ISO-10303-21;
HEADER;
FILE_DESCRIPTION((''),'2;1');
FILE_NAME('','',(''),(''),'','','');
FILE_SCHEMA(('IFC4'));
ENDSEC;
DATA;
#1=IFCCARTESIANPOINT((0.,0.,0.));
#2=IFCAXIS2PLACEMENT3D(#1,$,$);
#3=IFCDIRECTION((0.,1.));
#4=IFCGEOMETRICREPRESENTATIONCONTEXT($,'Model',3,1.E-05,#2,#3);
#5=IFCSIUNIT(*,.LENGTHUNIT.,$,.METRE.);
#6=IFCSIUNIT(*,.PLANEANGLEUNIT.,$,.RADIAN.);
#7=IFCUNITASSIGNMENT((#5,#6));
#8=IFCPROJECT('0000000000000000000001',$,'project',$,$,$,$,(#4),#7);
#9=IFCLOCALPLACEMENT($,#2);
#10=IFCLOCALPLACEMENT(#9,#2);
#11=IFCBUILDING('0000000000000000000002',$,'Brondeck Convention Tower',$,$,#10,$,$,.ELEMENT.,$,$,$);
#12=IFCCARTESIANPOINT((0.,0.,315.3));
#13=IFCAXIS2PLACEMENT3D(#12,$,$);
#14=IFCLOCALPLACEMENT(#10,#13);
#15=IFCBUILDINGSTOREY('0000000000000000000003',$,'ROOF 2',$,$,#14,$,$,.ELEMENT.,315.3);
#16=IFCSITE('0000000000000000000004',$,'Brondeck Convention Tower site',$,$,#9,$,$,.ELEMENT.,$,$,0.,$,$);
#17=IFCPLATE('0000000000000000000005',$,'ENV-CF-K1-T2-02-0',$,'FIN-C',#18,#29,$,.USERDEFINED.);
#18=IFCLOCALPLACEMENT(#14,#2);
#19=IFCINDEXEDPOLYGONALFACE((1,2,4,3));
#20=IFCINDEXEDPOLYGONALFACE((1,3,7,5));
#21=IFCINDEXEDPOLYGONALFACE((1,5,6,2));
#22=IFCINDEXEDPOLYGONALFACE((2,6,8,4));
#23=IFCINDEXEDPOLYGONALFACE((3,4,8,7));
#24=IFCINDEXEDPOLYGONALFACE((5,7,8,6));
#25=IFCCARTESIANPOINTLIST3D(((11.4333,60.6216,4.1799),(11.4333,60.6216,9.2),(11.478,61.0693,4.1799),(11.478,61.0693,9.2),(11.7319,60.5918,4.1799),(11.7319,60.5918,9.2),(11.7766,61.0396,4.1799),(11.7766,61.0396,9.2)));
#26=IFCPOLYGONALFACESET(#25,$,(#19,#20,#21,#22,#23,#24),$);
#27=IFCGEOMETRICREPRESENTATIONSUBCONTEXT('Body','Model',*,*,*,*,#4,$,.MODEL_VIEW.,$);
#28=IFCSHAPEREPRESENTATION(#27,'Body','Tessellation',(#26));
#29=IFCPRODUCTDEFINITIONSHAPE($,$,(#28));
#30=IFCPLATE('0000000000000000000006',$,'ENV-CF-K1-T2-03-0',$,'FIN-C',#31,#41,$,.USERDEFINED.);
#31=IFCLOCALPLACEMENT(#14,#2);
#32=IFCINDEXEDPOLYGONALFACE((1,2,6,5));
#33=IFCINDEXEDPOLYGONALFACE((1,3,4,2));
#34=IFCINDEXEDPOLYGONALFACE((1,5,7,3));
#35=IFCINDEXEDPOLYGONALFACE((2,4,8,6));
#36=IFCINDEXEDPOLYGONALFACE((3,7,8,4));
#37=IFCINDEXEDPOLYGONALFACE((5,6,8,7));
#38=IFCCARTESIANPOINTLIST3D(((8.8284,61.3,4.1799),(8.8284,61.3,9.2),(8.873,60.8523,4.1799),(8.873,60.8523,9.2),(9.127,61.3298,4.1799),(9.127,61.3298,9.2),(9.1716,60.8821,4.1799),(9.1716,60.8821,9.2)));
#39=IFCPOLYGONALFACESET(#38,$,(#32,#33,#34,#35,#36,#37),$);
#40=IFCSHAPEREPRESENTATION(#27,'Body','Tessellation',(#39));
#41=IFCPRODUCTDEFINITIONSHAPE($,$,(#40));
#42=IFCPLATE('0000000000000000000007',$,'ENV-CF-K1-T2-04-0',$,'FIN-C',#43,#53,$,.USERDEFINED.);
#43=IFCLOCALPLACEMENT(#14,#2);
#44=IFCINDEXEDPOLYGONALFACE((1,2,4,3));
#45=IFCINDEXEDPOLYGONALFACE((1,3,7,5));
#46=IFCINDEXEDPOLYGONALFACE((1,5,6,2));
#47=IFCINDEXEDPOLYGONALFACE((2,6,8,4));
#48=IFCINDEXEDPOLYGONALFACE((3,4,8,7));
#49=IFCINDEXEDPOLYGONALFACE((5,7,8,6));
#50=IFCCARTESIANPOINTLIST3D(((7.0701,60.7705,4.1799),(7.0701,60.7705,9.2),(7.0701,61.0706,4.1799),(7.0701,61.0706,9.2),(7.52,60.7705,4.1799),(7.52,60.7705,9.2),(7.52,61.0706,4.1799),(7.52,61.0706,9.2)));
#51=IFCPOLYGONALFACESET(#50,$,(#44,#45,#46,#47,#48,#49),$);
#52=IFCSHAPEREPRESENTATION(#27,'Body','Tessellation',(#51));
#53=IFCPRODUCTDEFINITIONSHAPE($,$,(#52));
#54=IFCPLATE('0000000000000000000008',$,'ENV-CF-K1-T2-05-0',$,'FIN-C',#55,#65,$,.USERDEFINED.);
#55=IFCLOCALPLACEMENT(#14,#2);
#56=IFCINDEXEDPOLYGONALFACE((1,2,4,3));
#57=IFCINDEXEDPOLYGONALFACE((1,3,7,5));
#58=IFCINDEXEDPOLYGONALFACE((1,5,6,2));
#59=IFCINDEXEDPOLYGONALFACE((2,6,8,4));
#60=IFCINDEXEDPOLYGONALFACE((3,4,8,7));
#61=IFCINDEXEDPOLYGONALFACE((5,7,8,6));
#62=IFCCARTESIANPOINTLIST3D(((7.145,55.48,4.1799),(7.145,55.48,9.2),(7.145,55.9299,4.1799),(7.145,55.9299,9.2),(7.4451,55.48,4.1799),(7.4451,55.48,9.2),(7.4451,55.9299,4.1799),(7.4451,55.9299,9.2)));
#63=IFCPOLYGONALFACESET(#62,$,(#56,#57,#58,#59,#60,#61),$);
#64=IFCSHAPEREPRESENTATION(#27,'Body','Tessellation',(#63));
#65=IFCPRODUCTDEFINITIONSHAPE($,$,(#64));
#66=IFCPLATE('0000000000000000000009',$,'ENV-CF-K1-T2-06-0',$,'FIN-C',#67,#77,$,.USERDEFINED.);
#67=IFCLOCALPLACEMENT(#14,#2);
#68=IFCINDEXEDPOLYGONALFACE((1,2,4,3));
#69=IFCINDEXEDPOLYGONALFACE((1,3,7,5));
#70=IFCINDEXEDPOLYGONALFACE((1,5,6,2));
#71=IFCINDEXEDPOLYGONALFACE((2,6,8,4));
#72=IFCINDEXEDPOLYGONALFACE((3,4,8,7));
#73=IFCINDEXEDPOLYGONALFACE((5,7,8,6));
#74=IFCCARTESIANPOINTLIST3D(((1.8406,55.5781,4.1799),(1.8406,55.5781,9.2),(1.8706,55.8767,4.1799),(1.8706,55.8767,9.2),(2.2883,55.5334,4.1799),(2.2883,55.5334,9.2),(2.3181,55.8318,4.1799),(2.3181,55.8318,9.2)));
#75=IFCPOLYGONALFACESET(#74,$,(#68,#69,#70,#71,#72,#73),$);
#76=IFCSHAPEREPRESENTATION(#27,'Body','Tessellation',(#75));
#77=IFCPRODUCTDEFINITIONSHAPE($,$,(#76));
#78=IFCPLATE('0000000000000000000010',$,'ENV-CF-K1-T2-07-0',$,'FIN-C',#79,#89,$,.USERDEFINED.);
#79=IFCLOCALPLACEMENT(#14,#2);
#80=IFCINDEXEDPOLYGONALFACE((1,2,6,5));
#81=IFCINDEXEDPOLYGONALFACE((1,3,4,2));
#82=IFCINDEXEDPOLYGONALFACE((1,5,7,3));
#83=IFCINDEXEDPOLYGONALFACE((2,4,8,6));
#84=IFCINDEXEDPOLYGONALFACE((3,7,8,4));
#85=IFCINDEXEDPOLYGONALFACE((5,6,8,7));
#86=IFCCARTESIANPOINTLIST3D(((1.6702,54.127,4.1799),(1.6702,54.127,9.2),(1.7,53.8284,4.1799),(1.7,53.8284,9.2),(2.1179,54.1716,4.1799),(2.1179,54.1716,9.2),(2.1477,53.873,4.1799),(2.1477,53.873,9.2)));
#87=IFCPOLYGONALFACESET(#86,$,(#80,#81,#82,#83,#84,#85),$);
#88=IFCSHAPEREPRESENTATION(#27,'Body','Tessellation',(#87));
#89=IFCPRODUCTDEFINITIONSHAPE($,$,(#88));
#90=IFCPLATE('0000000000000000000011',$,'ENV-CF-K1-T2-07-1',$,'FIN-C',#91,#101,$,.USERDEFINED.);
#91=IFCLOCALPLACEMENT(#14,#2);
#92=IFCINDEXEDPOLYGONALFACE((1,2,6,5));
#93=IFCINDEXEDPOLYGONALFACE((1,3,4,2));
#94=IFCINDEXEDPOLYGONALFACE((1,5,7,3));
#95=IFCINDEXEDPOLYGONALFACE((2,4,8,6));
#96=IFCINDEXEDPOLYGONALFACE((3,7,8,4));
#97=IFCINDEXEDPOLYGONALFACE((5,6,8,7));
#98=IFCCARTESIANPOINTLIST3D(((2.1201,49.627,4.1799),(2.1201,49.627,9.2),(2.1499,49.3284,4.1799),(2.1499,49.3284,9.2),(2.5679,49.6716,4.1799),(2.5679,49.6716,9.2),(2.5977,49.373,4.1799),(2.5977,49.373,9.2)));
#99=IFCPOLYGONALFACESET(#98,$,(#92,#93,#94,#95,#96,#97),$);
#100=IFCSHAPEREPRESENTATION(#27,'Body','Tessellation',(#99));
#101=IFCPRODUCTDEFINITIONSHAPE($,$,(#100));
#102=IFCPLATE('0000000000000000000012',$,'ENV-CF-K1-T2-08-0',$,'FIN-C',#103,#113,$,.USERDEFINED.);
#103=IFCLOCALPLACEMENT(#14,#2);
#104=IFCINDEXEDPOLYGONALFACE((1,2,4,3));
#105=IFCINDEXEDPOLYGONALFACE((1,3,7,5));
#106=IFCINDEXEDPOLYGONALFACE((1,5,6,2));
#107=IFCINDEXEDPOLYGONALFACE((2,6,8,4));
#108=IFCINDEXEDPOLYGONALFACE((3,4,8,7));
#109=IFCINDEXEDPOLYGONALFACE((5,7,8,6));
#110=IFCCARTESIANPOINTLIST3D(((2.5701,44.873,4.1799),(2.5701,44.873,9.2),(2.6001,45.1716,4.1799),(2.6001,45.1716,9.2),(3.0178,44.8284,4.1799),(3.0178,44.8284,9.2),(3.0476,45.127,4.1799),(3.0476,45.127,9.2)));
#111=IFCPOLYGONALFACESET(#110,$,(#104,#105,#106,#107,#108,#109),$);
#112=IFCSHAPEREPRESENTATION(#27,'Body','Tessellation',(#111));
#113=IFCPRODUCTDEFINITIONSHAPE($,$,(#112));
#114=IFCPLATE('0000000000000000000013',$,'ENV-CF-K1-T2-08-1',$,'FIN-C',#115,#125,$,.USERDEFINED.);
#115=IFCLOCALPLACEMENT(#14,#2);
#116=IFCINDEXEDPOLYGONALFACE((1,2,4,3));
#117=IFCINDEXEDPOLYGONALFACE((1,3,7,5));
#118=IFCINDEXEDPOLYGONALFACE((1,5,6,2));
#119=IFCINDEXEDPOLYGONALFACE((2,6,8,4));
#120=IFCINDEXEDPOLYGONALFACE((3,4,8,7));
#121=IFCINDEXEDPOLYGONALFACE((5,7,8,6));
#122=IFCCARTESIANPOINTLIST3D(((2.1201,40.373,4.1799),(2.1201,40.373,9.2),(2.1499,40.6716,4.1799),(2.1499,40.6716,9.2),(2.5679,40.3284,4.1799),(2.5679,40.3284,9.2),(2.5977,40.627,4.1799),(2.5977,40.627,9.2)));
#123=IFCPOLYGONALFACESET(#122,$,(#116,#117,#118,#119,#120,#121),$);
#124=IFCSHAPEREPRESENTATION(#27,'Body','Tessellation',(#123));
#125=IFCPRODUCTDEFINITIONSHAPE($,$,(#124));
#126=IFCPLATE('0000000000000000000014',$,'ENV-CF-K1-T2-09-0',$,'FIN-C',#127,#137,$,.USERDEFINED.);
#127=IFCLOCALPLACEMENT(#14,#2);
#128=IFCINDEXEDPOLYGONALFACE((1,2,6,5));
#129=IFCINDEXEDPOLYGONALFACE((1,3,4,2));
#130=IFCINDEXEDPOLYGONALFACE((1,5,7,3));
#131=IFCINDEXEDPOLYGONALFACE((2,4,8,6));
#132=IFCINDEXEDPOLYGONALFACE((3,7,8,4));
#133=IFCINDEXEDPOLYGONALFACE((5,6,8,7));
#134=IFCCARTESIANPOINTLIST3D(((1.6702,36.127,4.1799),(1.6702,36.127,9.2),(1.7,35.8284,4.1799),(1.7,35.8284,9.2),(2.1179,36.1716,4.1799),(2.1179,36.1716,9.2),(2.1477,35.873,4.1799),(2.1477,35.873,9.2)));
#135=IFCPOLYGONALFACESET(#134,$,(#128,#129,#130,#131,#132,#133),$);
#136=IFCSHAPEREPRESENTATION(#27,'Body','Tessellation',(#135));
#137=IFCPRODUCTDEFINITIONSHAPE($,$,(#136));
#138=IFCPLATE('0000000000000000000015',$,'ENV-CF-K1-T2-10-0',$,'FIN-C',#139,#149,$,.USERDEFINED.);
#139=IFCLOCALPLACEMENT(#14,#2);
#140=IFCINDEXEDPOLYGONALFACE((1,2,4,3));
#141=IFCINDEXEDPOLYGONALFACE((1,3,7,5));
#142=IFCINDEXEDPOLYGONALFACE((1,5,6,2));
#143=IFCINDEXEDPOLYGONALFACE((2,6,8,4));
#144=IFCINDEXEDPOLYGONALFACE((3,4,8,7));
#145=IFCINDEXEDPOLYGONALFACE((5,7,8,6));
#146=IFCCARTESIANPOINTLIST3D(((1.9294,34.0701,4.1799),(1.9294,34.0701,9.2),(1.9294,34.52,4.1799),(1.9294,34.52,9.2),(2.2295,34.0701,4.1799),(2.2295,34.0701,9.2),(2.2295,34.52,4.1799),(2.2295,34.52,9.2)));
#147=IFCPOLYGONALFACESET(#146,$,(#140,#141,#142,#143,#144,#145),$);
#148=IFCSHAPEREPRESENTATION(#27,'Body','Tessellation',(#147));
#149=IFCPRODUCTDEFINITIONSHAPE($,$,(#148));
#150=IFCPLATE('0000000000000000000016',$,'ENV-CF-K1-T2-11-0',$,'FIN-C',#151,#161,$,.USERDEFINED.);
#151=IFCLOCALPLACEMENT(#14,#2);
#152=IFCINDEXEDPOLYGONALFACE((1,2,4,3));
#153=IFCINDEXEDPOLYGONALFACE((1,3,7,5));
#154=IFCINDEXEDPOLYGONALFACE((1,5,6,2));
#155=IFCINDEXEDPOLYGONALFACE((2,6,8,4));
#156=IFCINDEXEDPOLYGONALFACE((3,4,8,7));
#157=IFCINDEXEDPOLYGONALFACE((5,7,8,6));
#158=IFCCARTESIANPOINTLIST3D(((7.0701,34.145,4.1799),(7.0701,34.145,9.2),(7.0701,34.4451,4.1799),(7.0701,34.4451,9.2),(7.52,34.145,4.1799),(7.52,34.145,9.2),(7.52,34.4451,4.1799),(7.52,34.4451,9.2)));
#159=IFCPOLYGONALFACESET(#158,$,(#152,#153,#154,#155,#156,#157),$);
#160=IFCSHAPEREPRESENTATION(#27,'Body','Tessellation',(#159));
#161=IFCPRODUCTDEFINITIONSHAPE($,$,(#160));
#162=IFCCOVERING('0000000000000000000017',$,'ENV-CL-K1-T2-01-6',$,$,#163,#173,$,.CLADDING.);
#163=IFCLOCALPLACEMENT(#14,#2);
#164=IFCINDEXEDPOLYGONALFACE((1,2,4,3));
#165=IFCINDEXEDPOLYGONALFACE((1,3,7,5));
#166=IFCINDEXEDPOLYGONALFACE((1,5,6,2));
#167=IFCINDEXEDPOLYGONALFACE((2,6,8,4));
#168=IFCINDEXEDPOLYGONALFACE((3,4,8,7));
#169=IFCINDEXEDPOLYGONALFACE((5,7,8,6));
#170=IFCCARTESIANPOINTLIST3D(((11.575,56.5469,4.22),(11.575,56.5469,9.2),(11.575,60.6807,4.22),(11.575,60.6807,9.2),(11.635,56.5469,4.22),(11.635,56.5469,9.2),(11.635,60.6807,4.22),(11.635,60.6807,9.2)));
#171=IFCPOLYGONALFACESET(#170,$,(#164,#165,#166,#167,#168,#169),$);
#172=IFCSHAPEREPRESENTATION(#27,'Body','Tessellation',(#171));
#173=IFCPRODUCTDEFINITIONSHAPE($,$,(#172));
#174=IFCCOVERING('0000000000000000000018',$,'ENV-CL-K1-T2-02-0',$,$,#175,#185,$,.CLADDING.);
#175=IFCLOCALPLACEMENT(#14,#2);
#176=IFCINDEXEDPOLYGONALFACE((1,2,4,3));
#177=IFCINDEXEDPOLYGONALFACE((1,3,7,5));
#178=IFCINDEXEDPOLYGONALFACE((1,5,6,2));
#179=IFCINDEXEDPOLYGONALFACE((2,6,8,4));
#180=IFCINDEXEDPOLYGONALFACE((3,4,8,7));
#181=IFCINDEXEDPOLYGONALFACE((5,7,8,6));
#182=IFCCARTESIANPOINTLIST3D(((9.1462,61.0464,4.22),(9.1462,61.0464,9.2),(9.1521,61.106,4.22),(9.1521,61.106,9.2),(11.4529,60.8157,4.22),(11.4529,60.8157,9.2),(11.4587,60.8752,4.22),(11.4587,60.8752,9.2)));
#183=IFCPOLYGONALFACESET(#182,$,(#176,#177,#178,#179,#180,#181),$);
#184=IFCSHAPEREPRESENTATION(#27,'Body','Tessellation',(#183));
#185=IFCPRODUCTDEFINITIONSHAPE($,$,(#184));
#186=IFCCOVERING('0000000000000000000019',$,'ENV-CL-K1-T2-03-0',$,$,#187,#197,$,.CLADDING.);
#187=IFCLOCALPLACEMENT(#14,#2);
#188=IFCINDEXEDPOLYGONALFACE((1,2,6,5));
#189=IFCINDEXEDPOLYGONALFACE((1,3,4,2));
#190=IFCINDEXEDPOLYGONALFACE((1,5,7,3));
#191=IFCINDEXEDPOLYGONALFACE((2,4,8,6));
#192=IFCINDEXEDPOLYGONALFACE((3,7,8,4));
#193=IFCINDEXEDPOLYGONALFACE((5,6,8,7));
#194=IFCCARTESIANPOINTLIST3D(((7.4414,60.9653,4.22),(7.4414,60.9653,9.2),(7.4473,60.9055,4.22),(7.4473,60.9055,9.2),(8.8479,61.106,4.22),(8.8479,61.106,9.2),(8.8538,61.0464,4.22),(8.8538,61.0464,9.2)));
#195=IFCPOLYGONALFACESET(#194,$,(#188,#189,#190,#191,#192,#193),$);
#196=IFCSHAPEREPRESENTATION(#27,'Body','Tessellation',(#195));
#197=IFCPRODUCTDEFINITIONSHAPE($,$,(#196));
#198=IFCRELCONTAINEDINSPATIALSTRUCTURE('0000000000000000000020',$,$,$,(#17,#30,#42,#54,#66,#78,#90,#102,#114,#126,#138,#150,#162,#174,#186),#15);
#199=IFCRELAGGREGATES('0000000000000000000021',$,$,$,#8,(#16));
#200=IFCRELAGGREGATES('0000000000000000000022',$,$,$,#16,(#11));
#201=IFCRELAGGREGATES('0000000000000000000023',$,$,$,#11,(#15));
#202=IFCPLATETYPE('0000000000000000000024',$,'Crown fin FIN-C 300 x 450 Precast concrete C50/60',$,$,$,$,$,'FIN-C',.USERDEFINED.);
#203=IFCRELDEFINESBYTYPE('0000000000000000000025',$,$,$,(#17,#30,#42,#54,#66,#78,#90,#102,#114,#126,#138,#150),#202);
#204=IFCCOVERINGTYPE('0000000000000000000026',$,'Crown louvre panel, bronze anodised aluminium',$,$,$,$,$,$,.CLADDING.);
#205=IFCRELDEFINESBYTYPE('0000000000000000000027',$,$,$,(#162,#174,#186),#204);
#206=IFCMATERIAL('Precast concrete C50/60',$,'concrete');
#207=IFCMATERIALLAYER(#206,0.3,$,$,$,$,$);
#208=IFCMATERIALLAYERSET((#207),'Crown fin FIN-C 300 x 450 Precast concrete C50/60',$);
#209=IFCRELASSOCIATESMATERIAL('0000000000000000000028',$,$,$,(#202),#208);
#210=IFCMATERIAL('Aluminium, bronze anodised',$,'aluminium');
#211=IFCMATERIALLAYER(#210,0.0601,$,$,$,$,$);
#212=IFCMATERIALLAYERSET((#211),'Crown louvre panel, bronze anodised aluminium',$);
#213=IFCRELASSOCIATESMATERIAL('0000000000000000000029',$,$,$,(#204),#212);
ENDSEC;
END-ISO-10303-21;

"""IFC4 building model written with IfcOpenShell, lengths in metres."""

from ifc_helpers import new_model, si_unit, direction, frame, origin, place, context, subcontext, project, spatial, polyline, outline, extrude, material, layer, layer_set, type_object, element, save


model = new_model("IFC4")

# Units and contexts
model_context = context("Model", 3, precision=1e-05, world=origin(), true_north=direction((0.0, 1.0)))
body_context = subcontext(model_context, "Body", "Model", "MODEL_VIEW")
ifc_project = project(units=[si_unit("LENGTHUNIT", "METRE"), si_unit("PLANEANGLEUNIT", "RADIAN")], contexts=[model_context])

# Site, building, storey
site_placement = place(None, origin())
site = spatial("IfcSite", under=ifc_project, at=site_placement, Name="Brondeck Convention Tower site", CompositionType="ELEMENT", RefElevation=0.0)
building_placement = place(site_placement, origin())
building = spatial("IfcBuilding", under=site, at=building_placement, Name="Brondeck Convention Tower", CompositionType="ELEMENT")
storey_placement = place(building_placement, frame((0.0, 0.0, 315.3)))
storey = spatial("IfcBuildingStorey", under=building, at=storey_placement, Name="ROOF 2", CompositionType="ELEMENT", Elevation=315.3)

# Plates
ifc_material_1 = material(Name="Precast concrete C50/60", Category="concrete")
ifc_layer_1 = layer(ifc_material_1, 0.3)
ifc_layer_set_1 = layer_set([ifc_layer_1], Name="Crown fin FIN-C 300 x 450 Precast concrete C50/60")
plate_type = type_object("IfcPlateType", Name="Crown fin FIN-C 300 x 450 Precast concrete C50/60", ElementType="FIN-C", PredefinedType="USERDEFINED", material=ifc_layer_set_1)
plate_1_placement = place(storey_placement, frame((0.0, 0.0, 4.1799)))
element("IfcPlate", 1, at=plate_1_placement, inside=storey, type_object=plate_type, Name="ENV-CF-K1-T2-02-0", ObjectType="FIN-C", PredefinedType="USERDEFINED", context=body_context, shape_type="SweptSolid", body=[
    extrude(outline(polyline([(11.4333, 60.6216), (11.7319, 60.5918), (11.7766, 61.0396), (11.478, 61.0693), (11.4333, 60.6216)])), origin(), (0.0, 0.0, 1.0), 5.02),
])
plate_2_placement = place(storey_placement, frame((0.0, 0.0, 4.1799)))
element("IfcPlate", 2, at=plate_2_placement, inside=storey, type_object=plate_type, Name="ENV-CF-K1-T2-03-0", ObjectType="FIN-C", PredefinedType="USERDEFINED", context=body_context, shape_type="SweptSolid", body=[
    extrude(outline(polyline([(8.873, 60.8523), (9.1716, 60.8821), (9.127, 61.3298), (8.8284, 61.3), (8.873, 60.8523)])), origin(), (0.0, 0.0, 1.0), 5.02),
])
plate_3_placement = place(storey_placement, frame((0.0, 0.0, 4.1799)))
element("IfcPlate", 3, at=plate_3_placement, inside=storey, type_object=plate_type, Name="ENV-CF-K1-T2-04-0", ObjectType="FIN-C", PredefinedType="USERDEFINED", context=body_context, shape_type="SweptSolid", body=[
    extrude(outline(polyline([(7.52, 60.7705), (7.52, 61.0706), (7.0701, 61.0706), (7.0701, 60.7705), (7.52, 60.7705)])), origin(), (0.0, 0.0, 1.0), 5.02),
])
plate_4_placement = place(storey_placement, frame((0.0, 0.0, 4.1799)))
element("IfcPlate", 4, at=plate_4_placement, inside=storey, type_object=plate_type, Name="ENV-CF-K1-T2-05-0", ObjectType="FIN-C", PredefinedType="USERDEFINED", context=body_context, shape_type="SweptSolid", body=[
    extrude(outline(polyline([(7.145, 55.48), (7.4451, 55.48), (7.4451, 55.9299), (7.145, 55.9299), (7.145, 55.48)])), origin(), (0.0, 0.0, 1.0), 5.02),
])
plate_5_placement = place(storey_placement, frame((0.0, 0.0, 4.1799)))
element("IfcPlate", 5, at=plate_5_placement, inside=storey, type_object=plate_type, Name="ENV-CF-K1-T2-06-0", ObjectType="FIN-C", PredefinedType="USERDEFINED", context=body_context, shape_type="SweptSolid", body=[
    extrude(outline(polyline([(2.2883, 55.5334), (2.3181, 55.8318), (1.8706, 55.8767), (1.8406, 55.5781), (2.2883, 55.5334)])), origin(), (0.0, 0.0, 1.0), 5.02),
])
plate_6_placement = place(storey_placement, frame((0.0, 0.0, 4.1799)))
element("IfcPlate", 6, at=plate_6_placement, inside=storey, type_object=plate_type, Name="ENV-CF-K1-T2-07-0", ObjectType="FIN-C", PredefinedType="USERDEFINED", context=body_context, shape_type="SweptSolid", body=[
    extrude(outline(polyline([(2.1477, 53.873), (2.1179, 54.1716), (1.6702, 54.127), (1.7, 53.8284), (2.1477, 53.873)])), origin(), (0.0, 0.0, 1.0), 5.02),
])
plate_7_placement = place(storey_placement, frame((0.0, 0.0, 4.1799)))
element("IfcPlate", 7, at=plate_7_placement, inside=storey, type_object=plate_type, Name="ENV-CF-K1-T2-07-1", ObjectType="FIN-C", PredefinedType="USERDEFINED", context=body_context, shape_type="SweptSolid", body=[
    extrude(outline(polyline([(2.5977, 49.373), (2.5679, 49.6716), (2.1201, 49.627), (2.1499, 49.3284), (2.5977, 49.373)])), origin(), (0.0, 0.0, 1.0), 5.02),
])
plate_8_placement = place(storey_placement, frame((0.0, 0.0, 4.1799)))
element("IfcPlate", 8, at=plate_8_placement, inside=storey, type_object=plate_type, Name="ENV-CF-K1-T2-08-0", ObjectType="FIN-C", PredefinedType="USERDEFINED", context=body_context, shape_type="SweptSolid", body=[
    extrude(outline(polyline([(3.0178, 44.8284), (3.0476, 45.127), (2.6001, 45.1716), (2.5701, 44.873), (3.0178, 44.8284)])), origin(), (0.0, 0.0, 1.0), 5.02),
])
plate_9_placement = place(storey_placement, frame((0.0, 0.0, 4.1799)))
element("IfcPlate", 9, at=plate_9_placement, inside=storey, type_object=plate_type, Name="ENV-CF-K1-T2-08-1", ObjectType="FIN-C", PredefinedType="USERDEFINED", context=body_context, shape_type="SweptSolid", body=[
    extrude(outline(polyline([(2.5679, 40.3284), (2.5977, 40.627), (2.1499, 40.6716), (2.1201, 40.373), (2.5679, 40.3284)])), origin(), (0.0, 0.0, 1.0), 5.02),
])
plate_10_placement = place(storey_placement, frame((0.0, 0.0, 4.1799)))
element("IfcPlate", 10, at=plate_10_placement, inside=storey, type_object=plate_type, Name="ENV-CF-K1-T2-09-0", ObjectType="FIN-C", PredefinedType="USERDEFINED", context=body_context, shape_type="SweptSolid", body=[
    extrude(outline(polyline([(2.1477, 35.873), (2.1179, 36.1716), (1.6702, 36.127), (1.7, 35.8284), (2.1477, 35.873)])), origin(), (0.0, 0.0, 1.0), 5.02),
])
plate_11_placement = place(storey_placement, frame((0.0, 0.0, 4.1799)))
element("IfcPlate", 11, at=plate_11_placement, inside=storey, type_object=plate_type, Name="ENV-CF-K1-T2-10-0", ObjectType="FIN-C", PredefinedType="USERDEFINED", context=body_context, shape_type="SweptSolid", body=[
    extrude(outline(polyline([(2.2295, 34.52), (1.9294, 34.52), (1.9294, 34.0701), (2.2295, 34.0701), (2.2295, 34.52)])), origin(), (0.0, 0.0, 1.0), 5.02),
])
plate_12_placement = place(storey_placement, frame((0.0, 0.0, 4.1799)))
element("IfcPlate", 12, at=plate_12_placement, inside=storey, type_object=plate_type, Name="ENV-CF-K1-T2-11-0", ObjectType="FIN-C", PredefinedType="USERDEFINED", context=body_context, shape_type="SweptSolid", body=[
    extrude(outline(polyline([(7.52, 34.145), (7.52, 34.4451), (7.0701, 34.4451), (7.0701, 34.145), (7.52, 34.145)])), origin(), (0.0, 0.0, 1.0), 5.02),
])

# Coverings
ifc_material_2 = material(Name="Aluminium, bronze anodised", Category="aluminium")
ifc_layer_2 = layer(ifc_material_2, 0.0601)
ifc_layer_set_2 = layer_set([ifc_layer_2], Name="Crown louvre panel, bronze anodised aluminium")
covering_type = type_object("IfcCoveringType", Name="Crown louvre panel, bronze anodised aluminium", PredefinedType="CLADDING", material=ifc_layer_set_2)
covering_1_placement = place(storey_placement, frame((0.0, 0.0, 4.22)))
element("IfcCovering", 13, at=covering_1_placement, inside=storey, type_object=covering_type, Name="ENV-CL-K1-T2-01-6", PredefinedType="CLADDING", context=body_context, shape_type="SweptSolid", body=[
    extrude(outline(polyline([(11.575, 60.6807), (11.575, 56.5469), (11.635, 56.5469), (11.635, 60.6807), (11.575, 60.6807)])), origin(), (0.0, 0.0, 1.0), 4.98),
])
covering_2_placement = place(storey_placement, frame((0.0, 0.0, 4.22)))
element("IfcCovering", 14, at=covering_2_placement, inside=storey, type_object=covering_type, Name="ENV-CL-K1-T2-02-0", PredefinedType="CLADDING", context=body_context, shape_type="SweptSolid", body=[
    extrude(outline(polyline([(9.1462, 61.0464), (11.4529, 60.8157), (11.4587, 60.8752), (9.1521, 61.106), (9.1462, 61.0464)])), origin(), (0.0, 0.0, 1.0), 4.98),
])
covering_3_placement = place(storey_placement, frame((0.0, 0.0, 4.22)))
element("IfcCovering", 15, at=covering_3_placement, inside=storey, type_object=covering_type, Name="ENV-CL-K1-T2-03-0", PredefinedType="CLADDING", context=body_context, shape_type="SweptSolid", body=[
    extrude(outline(polyline([(7.4473, 60.9055), (8.8538, 61.0464), (8.8479, 61.106), (7.4414, 60.9653), (7.4473, 60.9055)])), origin(), (0.0, 0.0, 1.0), 4.98),
])

save(model, "model.ifc")
